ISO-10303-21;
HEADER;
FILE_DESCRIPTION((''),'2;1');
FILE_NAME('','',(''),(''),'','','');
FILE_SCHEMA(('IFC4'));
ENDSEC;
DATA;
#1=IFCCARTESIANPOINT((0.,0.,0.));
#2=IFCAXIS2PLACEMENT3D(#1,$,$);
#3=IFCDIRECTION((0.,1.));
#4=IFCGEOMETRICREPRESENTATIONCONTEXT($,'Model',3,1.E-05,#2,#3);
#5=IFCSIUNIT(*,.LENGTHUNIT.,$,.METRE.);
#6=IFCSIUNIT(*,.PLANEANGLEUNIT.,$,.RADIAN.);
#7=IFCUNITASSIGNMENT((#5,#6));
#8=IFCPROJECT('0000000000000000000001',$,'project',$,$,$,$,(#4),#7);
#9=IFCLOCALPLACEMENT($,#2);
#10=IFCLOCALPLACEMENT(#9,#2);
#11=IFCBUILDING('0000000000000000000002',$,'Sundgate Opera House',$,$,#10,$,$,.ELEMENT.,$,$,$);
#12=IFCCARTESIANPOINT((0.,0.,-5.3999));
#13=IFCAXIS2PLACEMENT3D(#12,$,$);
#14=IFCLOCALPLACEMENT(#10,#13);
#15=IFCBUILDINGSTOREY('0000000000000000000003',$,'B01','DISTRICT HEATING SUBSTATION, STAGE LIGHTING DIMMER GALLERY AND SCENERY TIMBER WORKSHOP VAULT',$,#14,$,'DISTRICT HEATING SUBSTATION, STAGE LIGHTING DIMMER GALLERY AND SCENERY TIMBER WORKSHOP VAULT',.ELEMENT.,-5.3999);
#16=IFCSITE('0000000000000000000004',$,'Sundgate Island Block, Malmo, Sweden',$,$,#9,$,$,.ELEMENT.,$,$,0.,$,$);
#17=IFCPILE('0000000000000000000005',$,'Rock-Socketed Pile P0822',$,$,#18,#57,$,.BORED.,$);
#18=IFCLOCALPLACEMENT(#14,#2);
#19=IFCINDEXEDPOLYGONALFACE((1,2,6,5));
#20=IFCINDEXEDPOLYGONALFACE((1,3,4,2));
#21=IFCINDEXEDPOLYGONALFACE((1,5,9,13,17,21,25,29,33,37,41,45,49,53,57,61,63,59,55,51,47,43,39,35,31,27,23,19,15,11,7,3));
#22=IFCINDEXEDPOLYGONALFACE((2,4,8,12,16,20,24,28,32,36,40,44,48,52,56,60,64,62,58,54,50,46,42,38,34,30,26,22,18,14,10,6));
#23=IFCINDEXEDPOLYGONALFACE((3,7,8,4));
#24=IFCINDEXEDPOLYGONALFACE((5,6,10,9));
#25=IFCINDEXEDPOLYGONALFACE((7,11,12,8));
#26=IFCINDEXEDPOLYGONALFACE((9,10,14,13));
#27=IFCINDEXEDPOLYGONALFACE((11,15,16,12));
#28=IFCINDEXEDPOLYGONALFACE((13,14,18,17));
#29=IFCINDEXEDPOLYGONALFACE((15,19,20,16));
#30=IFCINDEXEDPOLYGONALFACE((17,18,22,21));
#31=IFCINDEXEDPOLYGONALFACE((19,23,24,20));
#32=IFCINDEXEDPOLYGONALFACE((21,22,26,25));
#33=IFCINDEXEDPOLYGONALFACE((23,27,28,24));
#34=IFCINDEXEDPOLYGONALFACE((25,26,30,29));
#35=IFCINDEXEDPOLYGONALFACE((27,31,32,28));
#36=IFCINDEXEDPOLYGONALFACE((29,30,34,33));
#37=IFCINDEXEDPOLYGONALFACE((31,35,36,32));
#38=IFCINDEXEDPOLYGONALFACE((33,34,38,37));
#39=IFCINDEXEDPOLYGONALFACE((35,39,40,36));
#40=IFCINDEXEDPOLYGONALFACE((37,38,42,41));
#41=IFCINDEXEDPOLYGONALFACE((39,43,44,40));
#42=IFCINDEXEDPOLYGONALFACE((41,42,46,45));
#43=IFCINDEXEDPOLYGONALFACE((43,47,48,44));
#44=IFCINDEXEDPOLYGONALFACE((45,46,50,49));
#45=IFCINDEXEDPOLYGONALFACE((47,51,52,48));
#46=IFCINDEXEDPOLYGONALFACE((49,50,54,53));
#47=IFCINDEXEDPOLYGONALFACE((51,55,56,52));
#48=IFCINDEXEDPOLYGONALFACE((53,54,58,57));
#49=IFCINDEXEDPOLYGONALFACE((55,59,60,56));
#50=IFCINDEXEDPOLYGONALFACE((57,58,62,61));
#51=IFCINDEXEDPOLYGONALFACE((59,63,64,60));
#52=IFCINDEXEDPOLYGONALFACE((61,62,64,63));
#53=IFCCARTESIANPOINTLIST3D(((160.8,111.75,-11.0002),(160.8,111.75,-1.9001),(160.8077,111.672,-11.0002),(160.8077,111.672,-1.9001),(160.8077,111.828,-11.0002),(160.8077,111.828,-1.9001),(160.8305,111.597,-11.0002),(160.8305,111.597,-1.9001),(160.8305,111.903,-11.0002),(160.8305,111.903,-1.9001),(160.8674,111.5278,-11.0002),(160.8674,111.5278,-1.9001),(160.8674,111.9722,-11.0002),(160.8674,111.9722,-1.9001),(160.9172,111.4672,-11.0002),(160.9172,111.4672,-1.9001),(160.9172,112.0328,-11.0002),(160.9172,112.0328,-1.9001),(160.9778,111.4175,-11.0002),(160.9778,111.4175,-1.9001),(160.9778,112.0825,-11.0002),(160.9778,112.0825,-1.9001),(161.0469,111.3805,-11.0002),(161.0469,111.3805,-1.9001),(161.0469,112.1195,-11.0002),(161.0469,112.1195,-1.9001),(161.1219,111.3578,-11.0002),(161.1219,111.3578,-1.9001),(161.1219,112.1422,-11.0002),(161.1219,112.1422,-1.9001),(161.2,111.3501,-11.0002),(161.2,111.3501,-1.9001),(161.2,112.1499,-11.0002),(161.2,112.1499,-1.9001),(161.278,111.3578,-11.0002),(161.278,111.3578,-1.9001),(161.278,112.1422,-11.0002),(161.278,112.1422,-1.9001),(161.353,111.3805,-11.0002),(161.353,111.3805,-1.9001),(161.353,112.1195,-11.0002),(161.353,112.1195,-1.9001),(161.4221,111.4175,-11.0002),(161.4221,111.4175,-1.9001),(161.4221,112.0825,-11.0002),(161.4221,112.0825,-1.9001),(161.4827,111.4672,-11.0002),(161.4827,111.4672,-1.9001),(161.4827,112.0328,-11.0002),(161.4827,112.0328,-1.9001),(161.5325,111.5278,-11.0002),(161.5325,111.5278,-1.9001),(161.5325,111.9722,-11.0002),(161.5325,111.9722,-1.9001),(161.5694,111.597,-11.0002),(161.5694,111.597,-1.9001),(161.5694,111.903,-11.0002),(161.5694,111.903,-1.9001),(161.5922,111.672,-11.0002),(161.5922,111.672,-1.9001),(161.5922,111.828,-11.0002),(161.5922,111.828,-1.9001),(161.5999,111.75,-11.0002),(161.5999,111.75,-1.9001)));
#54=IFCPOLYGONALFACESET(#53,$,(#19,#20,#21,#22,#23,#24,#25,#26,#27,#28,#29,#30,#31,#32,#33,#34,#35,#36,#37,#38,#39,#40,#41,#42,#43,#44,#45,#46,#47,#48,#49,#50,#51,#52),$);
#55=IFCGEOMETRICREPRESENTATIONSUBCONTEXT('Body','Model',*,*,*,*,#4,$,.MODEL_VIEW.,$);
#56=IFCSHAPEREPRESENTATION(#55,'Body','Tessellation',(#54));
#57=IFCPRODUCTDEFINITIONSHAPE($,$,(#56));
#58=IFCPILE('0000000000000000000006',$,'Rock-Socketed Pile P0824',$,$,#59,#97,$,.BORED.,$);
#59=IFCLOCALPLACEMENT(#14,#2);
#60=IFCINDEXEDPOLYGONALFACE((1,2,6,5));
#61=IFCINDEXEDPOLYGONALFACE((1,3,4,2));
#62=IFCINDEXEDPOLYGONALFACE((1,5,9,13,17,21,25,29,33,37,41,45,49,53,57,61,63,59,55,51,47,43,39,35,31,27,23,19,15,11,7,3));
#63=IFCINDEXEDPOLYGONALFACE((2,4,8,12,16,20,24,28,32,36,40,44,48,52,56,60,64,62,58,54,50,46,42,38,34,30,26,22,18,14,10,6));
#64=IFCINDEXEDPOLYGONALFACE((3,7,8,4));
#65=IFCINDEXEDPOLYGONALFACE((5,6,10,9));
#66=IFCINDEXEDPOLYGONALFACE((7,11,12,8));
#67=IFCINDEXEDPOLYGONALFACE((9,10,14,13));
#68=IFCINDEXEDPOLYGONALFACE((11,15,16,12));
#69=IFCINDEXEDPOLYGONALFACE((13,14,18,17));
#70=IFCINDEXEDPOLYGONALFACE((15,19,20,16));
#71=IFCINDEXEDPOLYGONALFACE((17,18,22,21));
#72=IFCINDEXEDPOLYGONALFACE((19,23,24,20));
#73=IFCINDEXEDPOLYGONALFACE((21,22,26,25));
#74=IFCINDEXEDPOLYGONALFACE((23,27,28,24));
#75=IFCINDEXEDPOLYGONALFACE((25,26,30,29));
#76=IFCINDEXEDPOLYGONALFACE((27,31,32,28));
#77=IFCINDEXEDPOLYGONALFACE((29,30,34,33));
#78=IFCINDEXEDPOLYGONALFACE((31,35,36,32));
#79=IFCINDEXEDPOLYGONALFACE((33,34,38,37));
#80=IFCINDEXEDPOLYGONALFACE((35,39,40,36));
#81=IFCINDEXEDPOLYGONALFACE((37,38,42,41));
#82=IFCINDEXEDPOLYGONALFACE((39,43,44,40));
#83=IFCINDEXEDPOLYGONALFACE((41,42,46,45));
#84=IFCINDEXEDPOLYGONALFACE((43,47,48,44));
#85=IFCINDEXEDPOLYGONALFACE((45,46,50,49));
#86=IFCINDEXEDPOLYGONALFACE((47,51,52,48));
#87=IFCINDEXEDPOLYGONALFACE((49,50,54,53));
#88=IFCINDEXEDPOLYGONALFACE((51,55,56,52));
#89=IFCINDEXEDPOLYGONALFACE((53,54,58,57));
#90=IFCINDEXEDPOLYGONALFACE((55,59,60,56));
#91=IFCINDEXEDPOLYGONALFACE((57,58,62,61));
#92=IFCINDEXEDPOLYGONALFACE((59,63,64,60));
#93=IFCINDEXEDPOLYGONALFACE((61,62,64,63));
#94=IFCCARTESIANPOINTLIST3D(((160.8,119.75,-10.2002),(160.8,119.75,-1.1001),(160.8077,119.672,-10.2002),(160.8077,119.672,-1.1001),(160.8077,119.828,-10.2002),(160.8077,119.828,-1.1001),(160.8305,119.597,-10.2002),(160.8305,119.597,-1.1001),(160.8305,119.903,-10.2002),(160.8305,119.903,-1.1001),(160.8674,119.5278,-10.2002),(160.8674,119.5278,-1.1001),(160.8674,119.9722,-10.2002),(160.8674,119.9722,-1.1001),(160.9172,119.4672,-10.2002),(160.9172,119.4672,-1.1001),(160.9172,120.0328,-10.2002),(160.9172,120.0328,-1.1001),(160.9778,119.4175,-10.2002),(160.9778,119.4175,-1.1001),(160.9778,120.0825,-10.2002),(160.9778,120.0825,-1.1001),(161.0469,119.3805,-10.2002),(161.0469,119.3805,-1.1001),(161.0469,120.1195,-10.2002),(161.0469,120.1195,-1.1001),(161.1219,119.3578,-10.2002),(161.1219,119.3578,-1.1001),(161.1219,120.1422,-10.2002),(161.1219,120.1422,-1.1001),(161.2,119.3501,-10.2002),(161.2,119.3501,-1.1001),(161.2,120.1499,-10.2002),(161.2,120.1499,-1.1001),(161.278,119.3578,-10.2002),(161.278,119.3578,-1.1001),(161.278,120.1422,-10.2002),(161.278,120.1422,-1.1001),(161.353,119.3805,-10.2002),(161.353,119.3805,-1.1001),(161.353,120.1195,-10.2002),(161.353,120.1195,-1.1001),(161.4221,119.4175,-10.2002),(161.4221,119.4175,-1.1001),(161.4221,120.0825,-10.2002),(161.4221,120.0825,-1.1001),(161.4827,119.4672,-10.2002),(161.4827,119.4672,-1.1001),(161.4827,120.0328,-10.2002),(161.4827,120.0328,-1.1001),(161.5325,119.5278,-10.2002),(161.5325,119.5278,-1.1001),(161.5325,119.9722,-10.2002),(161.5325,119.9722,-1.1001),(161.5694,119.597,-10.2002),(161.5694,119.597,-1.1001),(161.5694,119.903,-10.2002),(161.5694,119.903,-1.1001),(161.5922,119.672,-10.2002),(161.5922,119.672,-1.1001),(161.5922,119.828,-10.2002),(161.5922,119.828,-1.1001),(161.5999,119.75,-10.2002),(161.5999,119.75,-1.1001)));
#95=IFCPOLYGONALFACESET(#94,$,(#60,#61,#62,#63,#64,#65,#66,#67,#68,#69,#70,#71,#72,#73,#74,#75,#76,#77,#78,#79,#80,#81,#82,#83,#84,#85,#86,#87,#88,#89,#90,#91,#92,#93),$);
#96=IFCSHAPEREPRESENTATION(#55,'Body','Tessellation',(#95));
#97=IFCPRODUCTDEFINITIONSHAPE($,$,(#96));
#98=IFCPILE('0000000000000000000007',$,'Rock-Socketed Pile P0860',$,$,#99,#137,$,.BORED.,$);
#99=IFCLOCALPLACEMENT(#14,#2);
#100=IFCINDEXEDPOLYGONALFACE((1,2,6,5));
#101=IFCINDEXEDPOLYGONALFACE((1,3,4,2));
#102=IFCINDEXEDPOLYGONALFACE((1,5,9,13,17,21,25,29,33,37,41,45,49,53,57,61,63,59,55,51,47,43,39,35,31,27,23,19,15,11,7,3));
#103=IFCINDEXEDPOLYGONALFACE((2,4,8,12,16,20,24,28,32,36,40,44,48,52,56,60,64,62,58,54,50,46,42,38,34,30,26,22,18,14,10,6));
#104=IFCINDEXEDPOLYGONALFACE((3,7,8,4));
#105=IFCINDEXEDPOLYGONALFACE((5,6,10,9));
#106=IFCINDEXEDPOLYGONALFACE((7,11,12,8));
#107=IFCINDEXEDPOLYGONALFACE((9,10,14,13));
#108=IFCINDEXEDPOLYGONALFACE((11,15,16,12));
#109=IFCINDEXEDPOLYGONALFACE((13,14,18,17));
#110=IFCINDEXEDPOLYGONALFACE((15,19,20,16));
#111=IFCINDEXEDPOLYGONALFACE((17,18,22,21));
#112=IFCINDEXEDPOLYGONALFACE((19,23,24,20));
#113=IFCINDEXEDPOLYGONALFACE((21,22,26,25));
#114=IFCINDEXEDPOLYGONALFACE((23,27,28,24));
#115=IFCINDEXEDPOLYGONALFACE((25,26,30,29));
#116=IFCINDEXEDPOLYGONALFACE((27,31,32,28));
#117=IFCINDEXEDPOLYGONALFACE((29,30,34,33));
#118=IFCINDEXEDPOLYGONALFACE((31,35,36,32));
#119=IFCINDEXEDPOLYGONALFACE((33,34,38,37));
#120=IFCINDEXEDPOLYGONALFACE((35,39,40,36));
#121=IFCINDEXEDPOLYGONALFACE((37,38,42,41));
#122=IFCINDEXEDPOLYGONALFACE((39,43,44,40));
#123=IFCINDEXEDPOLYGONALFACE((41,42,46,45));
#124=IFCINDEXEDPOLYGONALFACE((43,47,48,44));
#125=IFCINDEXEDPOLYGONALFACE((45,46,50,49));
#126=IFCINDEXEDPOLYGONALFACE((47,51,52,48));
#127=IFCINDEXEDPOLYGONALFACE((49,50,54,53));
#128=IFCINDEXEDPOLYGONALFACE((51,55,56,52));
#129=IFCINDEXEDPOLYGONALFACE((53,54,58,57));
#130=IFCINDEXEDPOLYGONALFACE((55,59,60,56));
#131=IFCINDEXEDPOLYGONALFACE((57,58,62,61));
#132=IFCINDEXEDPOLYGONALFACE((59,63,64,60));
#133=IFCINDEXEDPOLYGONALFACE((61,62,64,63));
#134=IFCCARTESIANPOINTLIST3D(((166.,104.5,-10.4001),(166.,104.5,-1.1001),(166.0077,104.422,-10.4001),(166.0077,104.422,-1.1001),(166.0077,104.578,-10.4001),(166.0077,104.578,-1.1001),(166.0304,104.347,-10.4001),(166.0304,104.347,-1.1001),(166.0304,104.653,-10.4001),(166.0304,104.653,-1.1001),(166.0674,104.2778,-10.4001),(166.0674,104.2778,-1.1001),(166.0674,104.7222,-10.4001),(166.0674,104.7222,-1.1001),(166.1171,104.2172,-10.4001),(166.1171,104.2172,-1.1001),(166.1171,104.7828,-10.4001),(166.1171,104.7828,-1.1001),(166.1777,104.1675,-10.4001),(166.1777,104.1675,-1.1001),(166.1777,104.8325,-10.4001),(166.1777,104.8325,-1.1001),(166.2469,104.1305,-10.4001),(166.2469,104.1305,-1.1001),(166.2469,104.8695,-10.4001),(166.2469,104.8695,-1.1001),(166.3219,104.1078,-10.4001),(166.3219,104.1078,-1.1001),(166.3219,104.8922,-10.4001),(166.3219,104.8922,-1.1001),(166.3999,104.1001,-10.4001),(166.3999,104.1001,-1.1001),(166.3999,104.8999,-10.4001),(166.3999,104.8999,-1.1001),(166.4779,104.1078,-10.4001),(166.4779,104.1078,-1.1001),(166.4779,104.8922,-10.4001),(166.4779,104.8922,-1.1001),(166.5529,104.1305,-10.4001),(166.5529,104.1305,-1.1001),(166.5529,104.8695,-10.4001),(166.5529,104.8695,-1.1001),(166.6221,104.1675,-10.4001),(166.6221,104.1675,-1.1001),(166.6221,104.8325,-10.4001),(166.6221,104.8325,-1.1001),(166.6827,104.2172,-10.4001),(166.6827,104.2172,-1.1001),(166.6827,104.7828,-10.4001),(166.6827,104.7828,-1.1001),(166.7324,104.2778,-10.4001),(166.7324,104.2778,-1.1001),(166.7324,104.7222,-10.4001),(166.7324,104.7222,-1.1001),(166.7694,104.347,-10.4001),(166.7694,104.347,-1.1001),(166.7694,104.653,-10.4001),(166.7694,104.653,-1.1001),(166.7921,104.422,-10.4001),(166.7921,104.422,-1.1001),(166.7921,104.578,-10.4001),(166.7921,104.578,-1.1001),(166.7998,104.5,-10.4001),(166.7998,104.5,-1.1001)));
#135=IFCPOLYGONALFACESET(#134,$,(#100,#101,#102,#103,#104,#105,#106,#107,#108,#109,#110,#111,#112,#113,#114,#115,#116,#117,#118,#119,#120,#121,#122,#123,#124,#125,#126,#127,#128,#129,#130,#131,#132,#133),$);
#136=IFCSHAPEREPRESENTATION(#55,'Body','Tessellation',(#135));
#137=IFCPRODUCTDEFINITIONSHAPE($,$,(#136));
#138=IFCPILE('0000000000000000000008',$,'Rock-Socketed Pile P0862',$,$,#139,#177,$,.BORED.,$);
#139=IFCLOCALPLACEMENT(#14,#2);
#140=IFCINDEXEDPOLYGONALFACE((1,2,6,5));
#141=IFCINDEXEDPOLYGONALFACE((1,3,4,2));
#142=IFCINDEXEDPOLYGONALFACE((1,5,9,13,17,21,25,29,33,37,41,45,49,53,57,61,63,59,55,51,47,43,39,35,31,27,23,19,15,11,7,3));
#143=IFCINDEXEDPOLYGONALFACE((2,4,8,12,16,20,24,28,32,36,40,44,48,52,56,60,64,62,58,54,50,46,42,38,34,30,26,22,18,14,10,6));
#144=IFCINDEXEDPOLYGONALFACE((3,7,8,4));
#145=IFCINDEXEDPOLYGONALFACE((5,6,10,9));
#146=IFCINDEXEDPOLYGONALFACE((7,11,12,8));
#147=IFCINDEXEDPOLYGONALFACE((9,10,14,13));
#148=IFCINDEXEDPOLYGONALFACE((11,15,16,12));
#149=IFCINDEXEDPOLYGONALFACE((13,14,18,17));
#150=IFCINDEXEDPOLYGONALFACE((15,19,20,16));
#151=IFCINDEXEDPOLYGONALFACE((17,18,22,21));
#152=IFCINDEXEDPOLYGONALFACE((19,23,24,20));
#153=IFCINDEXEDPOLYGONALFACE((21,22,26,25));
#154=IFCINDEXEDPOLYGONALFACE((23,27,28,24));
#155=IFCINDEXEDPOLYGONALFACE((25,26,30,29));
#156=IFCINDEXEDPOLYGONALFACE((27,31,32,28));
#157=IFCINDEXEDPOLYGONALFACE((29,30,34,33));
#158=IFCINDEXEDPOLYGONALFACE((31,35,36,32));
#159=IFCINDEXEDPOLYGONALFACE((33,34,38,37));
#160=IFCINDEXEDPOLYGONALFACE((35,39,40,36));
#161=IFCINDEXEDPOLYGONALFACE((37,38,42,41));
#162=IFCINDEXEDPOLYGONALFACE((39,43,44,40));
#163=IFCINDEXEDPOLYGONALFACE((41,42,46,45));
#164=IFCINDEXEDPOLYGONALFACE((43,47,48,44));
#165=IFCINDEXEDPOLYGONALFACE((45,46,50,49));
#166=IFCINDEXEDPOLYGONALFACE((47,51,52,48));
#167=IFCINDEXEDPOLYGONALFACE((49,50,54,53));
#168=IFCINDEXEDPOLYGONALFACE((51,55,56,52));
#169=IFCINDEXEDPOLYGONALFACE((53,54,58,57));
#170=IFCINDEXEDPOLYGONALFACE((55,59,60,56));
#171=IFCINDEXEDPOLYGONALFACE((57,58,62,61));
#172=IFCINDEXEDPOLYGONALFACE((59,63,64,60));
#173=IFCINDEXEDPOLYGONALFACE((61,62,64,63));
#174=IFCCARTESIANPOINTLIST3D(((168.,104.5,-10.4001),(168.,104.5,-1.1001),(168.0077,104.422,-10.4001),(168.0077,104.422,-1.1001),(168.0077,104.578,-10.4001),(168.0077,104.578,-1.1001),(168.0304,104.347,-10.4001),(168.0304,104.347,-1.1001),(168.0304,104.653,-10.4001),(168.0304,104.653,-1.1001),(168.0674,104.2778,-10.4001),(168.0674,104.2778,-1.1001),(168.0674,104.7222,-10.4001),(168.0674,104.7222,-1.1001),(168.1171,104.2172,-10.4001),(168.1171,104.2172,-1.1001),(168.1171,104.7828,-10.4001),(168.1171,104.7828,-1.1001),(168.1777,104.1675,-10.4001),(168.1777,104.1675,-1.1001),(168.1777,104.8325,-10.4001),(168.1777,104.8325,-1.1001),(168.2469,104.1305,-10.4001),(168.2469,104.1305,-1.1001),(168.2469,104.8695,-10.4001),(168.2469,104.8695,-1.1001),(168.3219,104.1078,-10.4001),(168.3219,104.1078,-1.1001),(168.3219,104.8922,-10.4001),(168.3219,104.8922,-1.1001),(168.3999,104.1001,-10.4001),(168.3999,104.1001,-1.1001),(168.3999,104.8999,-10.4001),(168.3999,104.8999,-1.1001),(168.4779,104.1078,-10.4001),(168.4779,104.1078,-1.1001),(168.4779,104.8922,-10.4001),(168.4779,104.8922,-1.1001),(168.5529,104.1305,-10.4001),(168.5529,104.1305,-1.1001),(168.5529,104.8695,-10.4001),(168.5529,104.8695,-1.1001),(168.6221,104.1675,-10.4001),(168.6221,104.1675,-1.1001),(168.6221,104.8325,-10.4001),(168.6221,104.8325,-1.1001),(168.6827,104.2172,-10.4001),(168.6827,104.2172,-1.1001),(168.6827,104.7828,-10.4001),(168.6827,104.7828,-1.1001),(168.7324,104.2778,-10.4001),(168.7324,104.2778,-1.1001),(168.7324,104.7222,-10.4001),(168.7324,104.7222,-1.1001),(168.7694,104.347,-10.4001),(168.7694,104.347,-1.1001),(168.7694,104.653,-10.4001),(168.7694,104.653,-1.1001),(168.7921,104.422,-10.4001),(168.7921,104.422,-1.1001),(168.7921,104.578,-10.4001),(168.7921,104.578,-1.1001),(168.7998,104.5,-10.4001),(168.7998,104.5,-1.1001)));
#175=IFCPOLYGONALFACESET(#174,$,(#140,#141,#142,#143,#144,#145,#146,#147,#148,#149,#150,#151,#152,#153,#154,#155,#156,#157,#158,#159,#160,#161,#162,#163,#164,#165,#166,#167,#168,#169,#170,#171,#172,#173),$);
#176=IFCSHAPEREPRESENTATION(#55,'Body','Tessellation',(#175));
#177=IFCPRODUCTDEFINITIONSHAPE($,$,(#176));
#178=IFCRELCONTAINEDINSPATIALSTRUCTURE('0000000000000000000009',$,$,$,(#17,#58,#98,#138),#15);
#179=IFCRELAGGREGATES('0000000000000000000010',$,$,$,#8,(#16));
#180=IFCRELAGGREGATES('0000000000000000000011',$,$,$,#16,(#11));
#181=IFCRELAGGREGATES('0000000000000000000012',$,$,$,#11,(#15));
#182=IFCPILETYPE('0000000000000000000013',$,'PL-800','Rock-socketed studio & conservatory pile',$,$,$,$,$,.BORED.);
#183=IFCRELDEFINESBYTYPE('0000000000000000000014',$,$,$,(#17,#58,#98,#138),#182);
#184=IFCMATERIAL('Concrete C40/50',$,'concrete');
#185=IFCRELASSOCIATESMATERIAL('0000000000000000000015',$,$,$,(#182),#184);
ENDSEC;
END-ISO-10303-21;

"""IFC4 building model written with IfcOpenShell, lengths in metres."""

from ifc_helpers import new_model, si_unit, direction, frame, origin, origin_2d, place, context, subcontext, project, spatial, circle, extrude, material, material_profile, profile_set, type_object, element, save


model = new_model("IFC4")

# Units and contexts
model_context = context("Model", 3, precision=1e-05, world=origin(), true_north=direction((0.0, 1.0)))
body_context = subcontext(model_context, "Body", "Model", "MODEL_VIEW")
ifc_project = project(units=[si_unit("LENGTHUNIT", "METRE"), si_unit("PLANEANGLEUNIT", "RADIAN")], contexts=[model_context])

# Site, building, storey
site_placement = place(None, origin())
site = spatial("IfcSite", under=ifc_project, at=site_placement, Name="Sundgate Island Block, Malmo, Sweden", CompositionType="ELEMENT", RefElevation=0.0)
building_placement = place(site_placement, origin())
building = spatial("IfcBuilding", under=site, at=building_placement, Name="Sundgate Opera House", CompositionType="ELEMENT")
storey_placement = place(building_placement, frame((0.0, 0.0, -5.3999)))
storey = spatial("IfcBuildingStorey", under=building, at=storey_placement, Name="B01", Description="DISTRICT HEATING SUBSTATION, STAGE LIGHTING DIMMER GALLERY AND SCENERY TIMBER WORKSHOP VAULT", LongName="DISTRICT HEATING SUBSTATION, STAGE LIGHTING DIMMER GALLERY AND SCENERY TIMBER WORKSHOP VAULT", CompositionType="ELEMENT", Elevation=-5.3999)

# Piles
ifc_material_1 = material(Name="Concrete C40/50", Category="concrete")
ifc_material_profile_1 = material_profile(ifc_material_1, circle(Radius=0.3999, at=origin_2d()), Name="PILE D800")
ifc_profile_set_1 = profile_set([ifc_material_profile_1], Name="Concrete C40/50")
pile_type = type_object("IfcPileType", Name="PL-800", Description="Rock-socketed studio & conservatory pile", PredefinedType="BORED", material=ifc_profile_set_1)
for number, where, z_axis, x_axis, name in (
    (1, (161.2, 111.75, -1.9001), (0.0, 0.0, -1.0), (1.0, 0.0, 0.0), "Rock-Socketed Pile P0822"),
    (2, (161.2, 119.75, -1.1001), (0.0, 0.0, -1.0), (1.0, 0.0, 0.0), "Rock-Socketed Pile P0824"),
):
    element("IfcPile", number, at=place(storey_placement, frame(where, z_axis=z_axis, x_axis=x_axis)), inside=storey, type_object=pile_type, Name=name, PredefinedType="BORED", context=body_context, shape_type="SweptSolid", body=[
        extrude(circle(Radius=0.3999, at=origin_2d()), origin(), (0.0, 0.0, 1.0), 9.1001),
    ])
for number, where, z_axis, x_axis, name in (
    (3, (166.3999, 104.5, -1.1001), (0.0, 0.0, -1.0), (1.0, 0.0, 0.0), "Rock-Socketed Pile P0860"),
    (4, (168.3999, 104.5, -1.1001), (0.0, 0.0, -1.0), (1.0, 0.0, 0.0), "Rock-Socketed Pile P0862"),
):
    element("IfcPile", number, at=place(storey_placement, frame(where, z_axis=z_axis, x_axis=x_axis)), inside=storey, type_object=pile_type, Name=name, PredefinedType="BORED", context=body_context, shape_type="SweptSolid", body=[
        extrude(circle(Radius=0.3999, at=origin_2d()), origin(), (0.0, 0.0, 1.0), 9.3),
    ])

save(model, "model.ifc")
